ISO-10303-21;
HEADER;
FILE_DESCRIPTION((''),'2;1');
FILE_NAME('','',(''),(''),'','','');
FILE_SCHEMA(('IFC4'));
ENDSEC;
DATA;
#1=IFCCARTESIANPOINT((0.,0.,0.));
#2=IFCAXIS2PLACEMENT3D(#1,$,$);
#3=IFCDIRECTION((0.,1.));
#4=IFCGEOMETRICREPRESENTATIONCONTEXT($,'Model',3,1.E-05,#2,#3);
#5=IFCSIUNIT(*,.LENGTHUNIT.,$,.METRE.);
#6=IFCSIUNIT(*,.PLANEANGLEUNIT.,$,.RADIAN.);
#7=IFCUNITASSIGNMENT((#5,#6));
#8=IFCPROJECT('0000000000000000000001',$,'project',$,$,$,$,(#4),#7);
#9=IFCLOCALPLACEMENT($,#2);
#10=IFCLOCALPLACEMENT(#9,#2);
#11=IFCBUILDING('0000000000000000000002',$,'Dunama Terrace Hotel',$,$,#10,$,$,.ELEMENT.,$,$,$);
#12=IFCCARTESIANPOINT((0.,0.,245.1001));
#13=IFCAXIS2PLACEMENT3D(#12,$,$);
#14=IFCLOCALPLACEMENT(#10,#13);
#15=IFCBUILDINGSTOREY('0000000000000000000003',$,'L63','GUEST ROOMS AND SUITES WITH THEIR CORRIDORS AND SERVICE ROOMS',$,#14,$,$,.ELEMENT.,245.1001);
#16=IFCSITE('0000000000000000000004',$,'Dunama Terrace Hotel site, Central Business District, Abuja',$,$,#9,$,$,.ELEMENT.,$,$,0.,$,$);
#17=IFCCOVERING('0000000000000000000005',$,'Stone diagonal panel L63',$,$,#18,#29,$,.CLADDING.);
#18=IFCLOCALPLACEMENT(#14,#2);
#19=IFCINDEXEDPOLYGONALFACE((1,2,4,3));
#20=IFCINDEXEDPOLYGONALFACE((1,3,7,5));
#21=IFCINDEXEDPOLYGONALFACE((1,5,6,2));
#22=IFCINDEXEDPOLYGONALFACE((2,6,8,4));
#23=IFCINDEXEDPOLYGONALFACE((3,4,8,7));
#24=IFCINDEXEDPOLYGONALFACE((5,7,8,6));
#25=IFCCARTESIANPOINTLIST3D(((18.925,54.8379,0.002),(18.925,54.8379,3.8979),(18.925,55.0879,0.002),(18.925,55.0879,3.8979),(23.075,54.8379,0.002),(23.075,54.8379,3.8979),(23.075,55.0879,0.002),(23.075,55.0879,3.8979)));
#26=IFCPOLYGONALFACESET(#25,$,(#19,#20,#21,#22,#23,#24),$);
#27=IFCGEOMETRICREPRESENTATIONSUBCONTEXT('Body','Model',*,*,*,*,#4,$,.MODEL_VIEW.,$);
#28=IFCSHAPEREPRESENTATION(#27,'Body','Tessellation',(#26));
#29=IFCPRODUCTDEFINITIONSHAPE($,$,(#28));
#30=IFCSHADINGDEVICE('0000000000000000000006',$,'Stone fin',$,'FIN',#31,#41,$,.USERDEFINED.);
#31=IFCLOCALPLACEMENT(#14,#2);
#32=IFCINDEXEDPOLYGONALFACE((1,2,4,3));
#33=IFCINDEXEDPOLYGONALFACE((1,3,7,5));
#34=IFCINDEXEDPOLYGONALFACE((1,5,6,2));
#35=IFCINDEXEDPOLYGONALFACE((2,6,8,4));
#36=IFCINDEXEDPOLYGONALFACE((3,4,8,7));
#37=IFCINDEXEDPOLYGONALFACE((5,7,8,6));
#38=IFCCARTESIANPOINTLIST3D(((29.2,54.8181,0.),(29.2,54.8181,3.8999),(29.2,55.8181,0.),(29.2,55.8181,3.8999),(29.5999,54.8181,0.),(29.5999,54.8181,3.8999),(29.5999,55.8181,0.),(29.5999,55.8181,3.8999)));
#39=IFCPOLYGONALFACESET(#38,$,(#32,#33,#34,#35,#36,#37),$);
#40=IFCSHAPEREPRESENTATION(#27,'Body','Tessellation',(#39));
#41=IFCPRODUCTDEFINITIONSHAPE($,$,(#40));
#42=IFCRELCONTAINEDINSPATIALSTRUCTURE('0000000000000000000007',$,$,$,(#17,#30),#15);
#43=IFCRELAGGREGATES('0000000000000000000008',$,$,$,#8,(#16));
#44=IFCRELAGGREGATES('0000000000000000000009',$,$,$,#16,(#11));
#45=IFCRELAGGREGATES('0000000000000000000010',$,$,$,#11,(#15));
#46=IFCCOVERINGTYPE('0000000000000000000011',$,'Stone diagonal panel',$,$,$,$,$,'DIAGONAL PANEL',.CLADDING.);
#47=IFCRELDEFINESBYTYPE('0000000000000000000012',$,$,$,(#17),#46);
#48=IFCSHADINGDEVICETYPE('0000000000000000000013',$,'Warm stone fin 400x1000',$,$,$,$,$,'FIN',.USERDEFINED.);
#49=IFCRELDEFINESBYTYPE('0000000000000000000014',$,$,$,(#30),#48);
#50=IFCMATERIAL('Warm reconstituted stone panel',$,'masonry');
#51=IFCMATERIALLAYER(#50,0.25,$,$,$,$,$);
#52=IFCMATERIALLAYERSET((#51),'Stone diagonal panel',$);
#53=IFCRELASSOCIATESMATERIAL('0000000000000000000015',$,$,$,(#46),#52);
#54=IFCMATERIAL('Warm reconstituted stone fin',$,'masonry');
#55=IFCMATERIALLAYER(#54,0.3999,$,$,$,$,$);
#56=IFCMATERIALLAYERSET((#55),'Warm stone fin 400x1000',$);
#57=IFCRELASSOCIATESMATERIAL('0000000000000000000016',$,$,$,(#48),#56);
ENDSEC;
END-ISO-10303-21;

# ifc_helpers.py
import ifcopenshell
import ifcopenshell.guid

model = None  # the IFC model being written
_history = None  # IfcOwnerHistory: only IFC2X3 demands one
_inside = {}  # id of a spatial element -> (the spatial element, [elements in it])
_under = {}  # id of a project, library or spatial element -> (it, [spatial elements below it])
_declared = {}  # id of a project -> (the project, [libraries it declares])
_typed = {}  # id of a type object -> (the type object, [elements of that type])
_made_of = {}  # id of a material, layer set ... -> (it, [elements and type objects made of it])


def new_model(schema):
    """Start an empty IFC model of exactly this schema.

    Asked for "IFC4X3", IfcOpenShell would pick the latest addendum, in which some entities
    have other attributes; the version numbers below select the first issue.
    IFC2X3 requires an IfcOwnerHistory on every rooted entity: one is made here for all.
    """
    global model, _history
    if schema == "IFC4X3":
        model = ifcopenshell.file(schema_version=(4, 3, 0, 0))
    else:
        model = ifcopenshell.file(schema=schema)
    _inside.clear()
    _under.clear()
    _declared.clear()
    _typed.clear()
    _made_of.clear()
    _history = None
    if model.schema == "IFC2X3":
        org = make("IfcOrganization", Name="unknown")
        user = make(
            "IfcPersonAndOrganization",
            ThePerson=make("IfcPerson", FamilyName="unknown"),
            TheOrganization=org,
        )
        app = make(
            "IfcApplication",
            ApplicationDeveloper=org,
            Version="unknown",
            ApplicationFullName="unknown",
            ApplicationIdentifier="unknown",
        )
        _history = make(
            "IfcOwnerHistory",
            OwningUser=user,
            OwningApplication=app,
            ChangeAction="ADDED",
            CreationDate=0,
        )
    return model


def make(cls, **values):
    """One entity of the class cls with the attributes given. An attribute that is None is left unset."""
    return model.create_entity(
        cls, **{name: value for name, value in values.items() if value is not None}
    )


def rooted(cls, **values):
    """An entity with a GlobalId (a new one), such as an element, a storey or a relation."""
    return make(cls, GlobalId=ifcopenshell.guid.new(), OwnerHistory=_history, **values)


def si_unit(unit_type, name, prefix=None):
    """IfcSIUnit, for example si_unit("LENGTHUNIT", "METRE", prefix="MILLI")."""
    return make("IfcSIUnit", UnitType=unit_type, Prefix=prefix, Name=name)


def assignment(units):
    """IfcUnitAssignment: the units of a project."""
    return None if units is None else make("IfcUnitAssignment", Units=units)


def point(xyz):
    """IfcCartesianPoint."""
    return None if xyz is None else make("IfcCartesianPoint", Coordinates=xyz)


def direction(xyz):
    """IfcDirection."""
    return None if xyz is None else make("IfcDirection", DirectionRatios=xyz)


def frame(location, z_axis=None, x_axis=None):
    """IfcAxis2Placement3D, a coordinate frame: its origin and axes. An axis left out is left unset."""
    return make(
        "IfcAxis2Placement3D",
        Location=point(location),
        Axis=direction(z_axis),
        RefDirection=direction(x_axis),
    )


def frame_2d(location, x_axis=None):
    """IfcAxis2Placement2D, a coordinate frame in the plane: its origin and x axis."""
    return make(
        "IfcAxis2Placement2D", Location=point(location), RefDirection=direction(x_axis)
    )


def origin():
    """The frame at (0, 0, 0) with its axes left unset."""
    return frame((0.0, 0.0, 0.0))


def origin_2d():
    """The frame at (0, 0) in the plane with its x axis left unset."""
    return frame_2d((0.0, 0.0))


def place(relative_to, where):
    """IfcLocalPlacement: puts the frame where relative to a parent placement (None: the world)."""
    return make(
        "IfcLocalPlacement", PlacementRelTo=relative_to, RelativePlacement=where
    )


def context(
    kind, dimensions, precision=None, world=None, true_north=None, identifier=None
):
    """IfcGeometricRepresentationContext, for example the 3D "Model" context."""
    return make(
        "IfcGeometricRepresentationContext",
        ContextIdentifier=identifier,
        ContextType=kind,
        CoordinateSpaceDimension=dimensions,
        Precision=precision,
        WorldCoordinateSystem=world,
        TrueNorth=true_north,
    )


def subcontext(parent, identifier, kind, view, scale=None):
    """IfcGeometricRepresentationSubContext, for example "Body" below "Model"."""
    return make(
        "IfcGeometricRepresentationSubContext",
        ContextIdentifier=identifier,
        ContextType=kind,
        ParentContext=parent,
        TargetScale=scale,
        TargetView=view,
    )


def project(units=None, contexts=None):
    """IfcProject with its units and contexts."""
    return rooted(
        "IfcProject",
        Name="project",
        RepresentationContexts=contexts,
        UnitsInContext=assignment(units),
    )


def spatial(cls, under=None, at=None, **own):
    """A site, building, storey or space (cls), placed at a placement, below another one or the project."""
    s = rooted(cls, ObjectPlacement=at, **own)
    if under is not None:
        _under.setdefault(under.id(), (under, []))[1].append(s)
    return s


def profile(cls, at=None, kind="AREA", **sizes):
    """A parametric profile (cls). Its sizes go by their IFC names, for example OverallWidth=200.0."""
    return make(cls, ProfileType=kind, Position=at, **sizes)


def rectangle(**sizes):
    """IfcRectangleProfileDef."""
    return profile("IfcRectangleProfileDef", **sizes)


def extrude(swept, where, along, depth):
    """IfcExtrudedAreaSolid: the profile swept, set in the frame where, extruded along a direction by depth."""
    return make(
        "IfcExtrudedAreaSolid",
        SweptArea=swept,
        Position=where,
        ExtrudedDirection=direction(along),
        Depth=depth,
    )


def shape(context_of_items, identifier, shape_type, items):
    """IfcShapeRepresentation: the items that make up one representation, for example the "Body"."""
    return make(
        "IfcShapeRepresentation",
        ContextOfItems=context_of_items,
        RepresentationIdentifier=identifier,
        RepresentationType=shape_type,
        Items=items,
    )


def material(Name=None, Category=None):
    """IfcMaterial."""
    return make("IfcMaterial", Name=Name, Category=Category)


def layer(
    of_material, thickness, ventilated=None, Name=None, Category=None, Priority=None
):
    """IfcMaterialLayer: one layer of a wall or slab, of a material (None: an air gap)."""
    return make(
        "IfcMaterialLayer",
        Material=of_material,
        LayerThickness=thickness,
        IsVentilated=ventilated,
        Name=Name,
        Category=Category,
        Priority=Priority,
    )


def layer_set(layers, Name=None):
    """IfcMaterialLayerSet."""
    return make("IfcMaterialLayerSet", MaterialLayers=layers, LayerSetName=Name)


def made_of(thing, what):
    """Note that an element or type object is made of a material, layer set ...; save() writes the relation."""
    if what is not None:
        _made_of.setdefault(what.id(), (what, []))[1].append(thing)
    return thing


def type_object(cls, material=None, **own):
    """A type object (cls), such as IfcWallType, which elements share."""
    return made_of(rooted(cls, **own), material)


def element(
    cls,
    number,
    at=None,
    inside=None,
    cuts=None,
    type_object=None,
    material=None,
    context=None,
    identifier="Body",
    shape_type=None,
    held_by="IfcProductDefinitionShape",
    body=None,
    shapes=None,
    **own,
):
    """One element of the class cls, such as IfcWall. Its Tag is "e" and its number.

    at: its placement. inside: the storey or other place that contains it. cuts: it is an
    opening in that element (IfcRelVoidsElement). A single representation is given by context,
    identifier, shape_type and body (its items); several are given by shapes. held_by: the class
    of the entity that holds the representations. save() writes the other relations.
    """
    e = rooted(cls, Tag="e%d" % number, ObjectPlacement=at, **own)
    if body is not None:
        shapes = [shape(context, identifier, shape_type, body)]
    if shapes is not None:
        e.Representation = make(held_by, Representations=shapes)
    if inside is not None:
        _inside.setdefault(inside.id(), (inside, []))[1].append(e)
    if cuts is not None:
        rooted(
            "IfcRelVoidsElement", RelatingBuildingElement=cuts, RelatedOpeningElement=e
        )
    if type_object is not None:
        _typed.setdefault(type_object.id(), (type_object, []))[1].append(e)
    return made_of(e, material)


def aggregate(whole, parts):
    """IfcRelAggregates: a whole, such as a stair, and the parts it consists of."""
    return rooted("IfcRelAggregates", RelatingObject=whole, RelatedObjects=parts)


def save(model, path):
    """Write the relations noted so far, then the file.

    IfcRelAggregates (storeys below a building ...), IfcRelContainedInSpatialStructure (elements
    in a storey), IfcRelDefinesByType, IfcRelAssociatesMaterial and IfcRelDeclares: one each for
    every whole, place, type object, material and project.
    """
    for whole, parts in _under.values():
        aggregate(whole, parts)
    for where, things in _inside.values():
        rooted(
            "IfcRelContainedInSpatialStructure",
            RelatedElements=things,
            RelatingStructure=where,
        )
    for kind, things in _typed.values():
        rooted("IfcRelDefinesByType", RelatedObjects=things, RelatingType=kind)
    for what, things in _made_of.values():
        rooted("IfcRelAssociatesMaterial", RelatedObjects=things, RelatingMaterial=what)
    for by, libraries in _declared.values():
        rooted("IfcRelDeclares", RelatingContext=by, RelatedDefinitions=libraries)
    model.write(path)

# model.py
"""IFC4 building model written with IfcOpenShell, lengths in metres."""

from ifc_helpers import new_model, si_unit, direction, frame, origin, origin_2d, place, context, subcontext, project, spatial, rectangle, extrude, material, layer, layer_set, type_object, element, save


model = new_model("IFC4")

# Units and contexts
model_context = context("Model", 3, precision=1e-05, world=origin(), true_north=direction((0.0, 1.0)))
body_context = subcontext(model_context, "Body", "Model", "MODEL_VIEW")
ifc_project = project(units=[si_unit("LENGTHUNIT", "METRE"), si_unit("PLANEANGLEUNIT", "RADIAN")], contexts=[model_context])

# Site, building, storey
site_placement = place(None, origin())
site = spatial("IfcSite", under=ifc_project, at=site_placement, Name="Dunama Terrace Hotel site, Central Business District, Abuja", CompositionType="ELEMENT", RefElevation=0.0)
building_placement = place(site_placement, origin())
building = spatial("IfcBuilding", under=site, at=building_placement, Name="Dunama Terrace Hotel", CompositionType="ELEMENT")
storey_placement = place(building_placement, frame((0.0, 0.0, 245.1001)))
storey = spatial("IfcBuildingStorey", under=building, at=storey_placement, Name="L63", Description="GUEST ROOMS AND SUITES WITH THEIR CORRIDORS AND SERVICE ROOMS", CompositionType="ELEMENT", Elevation=245.1001)

# Covering
ifc_material_1 = material(Name="Warm reconstituted stone panel", Category="masonry")
ifc_layer_1 = layer(ifc_material_1, 0.25)
ifc_layer_set_1 = layer_set([ifc_layer_1], Name="Stone diagonal panel")
covering_type = type_object("IfcCoveringType", Name="Stone diagonal panel", ElementType="DIAGONAL PANEL", PredefinedType="CLADDING", material=ifc_layer_set_1)
covering_placement = place(storey_placement, frame((21.0, 54.9629, 0.002), z_axis=(0.0, 0.0, 1.0), x_axis=(-1.0, 0.0, 0.0)))
element("IfcCovering", 1, at=covering_placement, inside=storey, type_object=covering_type, Name="Stone diagonal panel L63", PredefinedType="CLADDING", context=body_context, shape_type="SweptSolid", body=[
    extrude(rectangle(XDim=4.1499, YDim=0.25, at=origin_2d()), origin(), (0.0, 0.0, 1.0), 3.896),
])

# Shading device
ifc_material_2 = material(Name="Warm reconstituted stone fin", Category="masonry")
ifc_layer_2 = layer(ifc_material_2, 0.3999)
ifc_layer_set_2 = layer_set([ifc_layer_2], Name="Warm stone fin 400x1000")
shading_device_type = type_object("IfcShadingDeviceType", Name="Warm stone fin 400x1000", ElementType="FIN", PredefinedType="USERDEFINED", material=ifc_layer_set_2)
shading_device_placement = place(storey_placement, frame((29.3999, 55.3181, 0.0), z_axis=(0.0, 0.0, 1.0), x_axis=(-1.0, 0.0, 0.0)))
element("IfcShadingDevice", 2, at=shading_device_placement, inside=storey, type_object=shading_device_type, Name="Stone fin", ObjectType="FIN", PredefinedType="USERDEFINED", context=body_context, shape_type="SweptSolid", body=[
    extrude(rectangle(XDim=0.3999, YDim=1.0, at=origin_2d()), origin(), (0.0, 0.0, 1.0), 3.8999),
])

save(model, "model.ifc")
